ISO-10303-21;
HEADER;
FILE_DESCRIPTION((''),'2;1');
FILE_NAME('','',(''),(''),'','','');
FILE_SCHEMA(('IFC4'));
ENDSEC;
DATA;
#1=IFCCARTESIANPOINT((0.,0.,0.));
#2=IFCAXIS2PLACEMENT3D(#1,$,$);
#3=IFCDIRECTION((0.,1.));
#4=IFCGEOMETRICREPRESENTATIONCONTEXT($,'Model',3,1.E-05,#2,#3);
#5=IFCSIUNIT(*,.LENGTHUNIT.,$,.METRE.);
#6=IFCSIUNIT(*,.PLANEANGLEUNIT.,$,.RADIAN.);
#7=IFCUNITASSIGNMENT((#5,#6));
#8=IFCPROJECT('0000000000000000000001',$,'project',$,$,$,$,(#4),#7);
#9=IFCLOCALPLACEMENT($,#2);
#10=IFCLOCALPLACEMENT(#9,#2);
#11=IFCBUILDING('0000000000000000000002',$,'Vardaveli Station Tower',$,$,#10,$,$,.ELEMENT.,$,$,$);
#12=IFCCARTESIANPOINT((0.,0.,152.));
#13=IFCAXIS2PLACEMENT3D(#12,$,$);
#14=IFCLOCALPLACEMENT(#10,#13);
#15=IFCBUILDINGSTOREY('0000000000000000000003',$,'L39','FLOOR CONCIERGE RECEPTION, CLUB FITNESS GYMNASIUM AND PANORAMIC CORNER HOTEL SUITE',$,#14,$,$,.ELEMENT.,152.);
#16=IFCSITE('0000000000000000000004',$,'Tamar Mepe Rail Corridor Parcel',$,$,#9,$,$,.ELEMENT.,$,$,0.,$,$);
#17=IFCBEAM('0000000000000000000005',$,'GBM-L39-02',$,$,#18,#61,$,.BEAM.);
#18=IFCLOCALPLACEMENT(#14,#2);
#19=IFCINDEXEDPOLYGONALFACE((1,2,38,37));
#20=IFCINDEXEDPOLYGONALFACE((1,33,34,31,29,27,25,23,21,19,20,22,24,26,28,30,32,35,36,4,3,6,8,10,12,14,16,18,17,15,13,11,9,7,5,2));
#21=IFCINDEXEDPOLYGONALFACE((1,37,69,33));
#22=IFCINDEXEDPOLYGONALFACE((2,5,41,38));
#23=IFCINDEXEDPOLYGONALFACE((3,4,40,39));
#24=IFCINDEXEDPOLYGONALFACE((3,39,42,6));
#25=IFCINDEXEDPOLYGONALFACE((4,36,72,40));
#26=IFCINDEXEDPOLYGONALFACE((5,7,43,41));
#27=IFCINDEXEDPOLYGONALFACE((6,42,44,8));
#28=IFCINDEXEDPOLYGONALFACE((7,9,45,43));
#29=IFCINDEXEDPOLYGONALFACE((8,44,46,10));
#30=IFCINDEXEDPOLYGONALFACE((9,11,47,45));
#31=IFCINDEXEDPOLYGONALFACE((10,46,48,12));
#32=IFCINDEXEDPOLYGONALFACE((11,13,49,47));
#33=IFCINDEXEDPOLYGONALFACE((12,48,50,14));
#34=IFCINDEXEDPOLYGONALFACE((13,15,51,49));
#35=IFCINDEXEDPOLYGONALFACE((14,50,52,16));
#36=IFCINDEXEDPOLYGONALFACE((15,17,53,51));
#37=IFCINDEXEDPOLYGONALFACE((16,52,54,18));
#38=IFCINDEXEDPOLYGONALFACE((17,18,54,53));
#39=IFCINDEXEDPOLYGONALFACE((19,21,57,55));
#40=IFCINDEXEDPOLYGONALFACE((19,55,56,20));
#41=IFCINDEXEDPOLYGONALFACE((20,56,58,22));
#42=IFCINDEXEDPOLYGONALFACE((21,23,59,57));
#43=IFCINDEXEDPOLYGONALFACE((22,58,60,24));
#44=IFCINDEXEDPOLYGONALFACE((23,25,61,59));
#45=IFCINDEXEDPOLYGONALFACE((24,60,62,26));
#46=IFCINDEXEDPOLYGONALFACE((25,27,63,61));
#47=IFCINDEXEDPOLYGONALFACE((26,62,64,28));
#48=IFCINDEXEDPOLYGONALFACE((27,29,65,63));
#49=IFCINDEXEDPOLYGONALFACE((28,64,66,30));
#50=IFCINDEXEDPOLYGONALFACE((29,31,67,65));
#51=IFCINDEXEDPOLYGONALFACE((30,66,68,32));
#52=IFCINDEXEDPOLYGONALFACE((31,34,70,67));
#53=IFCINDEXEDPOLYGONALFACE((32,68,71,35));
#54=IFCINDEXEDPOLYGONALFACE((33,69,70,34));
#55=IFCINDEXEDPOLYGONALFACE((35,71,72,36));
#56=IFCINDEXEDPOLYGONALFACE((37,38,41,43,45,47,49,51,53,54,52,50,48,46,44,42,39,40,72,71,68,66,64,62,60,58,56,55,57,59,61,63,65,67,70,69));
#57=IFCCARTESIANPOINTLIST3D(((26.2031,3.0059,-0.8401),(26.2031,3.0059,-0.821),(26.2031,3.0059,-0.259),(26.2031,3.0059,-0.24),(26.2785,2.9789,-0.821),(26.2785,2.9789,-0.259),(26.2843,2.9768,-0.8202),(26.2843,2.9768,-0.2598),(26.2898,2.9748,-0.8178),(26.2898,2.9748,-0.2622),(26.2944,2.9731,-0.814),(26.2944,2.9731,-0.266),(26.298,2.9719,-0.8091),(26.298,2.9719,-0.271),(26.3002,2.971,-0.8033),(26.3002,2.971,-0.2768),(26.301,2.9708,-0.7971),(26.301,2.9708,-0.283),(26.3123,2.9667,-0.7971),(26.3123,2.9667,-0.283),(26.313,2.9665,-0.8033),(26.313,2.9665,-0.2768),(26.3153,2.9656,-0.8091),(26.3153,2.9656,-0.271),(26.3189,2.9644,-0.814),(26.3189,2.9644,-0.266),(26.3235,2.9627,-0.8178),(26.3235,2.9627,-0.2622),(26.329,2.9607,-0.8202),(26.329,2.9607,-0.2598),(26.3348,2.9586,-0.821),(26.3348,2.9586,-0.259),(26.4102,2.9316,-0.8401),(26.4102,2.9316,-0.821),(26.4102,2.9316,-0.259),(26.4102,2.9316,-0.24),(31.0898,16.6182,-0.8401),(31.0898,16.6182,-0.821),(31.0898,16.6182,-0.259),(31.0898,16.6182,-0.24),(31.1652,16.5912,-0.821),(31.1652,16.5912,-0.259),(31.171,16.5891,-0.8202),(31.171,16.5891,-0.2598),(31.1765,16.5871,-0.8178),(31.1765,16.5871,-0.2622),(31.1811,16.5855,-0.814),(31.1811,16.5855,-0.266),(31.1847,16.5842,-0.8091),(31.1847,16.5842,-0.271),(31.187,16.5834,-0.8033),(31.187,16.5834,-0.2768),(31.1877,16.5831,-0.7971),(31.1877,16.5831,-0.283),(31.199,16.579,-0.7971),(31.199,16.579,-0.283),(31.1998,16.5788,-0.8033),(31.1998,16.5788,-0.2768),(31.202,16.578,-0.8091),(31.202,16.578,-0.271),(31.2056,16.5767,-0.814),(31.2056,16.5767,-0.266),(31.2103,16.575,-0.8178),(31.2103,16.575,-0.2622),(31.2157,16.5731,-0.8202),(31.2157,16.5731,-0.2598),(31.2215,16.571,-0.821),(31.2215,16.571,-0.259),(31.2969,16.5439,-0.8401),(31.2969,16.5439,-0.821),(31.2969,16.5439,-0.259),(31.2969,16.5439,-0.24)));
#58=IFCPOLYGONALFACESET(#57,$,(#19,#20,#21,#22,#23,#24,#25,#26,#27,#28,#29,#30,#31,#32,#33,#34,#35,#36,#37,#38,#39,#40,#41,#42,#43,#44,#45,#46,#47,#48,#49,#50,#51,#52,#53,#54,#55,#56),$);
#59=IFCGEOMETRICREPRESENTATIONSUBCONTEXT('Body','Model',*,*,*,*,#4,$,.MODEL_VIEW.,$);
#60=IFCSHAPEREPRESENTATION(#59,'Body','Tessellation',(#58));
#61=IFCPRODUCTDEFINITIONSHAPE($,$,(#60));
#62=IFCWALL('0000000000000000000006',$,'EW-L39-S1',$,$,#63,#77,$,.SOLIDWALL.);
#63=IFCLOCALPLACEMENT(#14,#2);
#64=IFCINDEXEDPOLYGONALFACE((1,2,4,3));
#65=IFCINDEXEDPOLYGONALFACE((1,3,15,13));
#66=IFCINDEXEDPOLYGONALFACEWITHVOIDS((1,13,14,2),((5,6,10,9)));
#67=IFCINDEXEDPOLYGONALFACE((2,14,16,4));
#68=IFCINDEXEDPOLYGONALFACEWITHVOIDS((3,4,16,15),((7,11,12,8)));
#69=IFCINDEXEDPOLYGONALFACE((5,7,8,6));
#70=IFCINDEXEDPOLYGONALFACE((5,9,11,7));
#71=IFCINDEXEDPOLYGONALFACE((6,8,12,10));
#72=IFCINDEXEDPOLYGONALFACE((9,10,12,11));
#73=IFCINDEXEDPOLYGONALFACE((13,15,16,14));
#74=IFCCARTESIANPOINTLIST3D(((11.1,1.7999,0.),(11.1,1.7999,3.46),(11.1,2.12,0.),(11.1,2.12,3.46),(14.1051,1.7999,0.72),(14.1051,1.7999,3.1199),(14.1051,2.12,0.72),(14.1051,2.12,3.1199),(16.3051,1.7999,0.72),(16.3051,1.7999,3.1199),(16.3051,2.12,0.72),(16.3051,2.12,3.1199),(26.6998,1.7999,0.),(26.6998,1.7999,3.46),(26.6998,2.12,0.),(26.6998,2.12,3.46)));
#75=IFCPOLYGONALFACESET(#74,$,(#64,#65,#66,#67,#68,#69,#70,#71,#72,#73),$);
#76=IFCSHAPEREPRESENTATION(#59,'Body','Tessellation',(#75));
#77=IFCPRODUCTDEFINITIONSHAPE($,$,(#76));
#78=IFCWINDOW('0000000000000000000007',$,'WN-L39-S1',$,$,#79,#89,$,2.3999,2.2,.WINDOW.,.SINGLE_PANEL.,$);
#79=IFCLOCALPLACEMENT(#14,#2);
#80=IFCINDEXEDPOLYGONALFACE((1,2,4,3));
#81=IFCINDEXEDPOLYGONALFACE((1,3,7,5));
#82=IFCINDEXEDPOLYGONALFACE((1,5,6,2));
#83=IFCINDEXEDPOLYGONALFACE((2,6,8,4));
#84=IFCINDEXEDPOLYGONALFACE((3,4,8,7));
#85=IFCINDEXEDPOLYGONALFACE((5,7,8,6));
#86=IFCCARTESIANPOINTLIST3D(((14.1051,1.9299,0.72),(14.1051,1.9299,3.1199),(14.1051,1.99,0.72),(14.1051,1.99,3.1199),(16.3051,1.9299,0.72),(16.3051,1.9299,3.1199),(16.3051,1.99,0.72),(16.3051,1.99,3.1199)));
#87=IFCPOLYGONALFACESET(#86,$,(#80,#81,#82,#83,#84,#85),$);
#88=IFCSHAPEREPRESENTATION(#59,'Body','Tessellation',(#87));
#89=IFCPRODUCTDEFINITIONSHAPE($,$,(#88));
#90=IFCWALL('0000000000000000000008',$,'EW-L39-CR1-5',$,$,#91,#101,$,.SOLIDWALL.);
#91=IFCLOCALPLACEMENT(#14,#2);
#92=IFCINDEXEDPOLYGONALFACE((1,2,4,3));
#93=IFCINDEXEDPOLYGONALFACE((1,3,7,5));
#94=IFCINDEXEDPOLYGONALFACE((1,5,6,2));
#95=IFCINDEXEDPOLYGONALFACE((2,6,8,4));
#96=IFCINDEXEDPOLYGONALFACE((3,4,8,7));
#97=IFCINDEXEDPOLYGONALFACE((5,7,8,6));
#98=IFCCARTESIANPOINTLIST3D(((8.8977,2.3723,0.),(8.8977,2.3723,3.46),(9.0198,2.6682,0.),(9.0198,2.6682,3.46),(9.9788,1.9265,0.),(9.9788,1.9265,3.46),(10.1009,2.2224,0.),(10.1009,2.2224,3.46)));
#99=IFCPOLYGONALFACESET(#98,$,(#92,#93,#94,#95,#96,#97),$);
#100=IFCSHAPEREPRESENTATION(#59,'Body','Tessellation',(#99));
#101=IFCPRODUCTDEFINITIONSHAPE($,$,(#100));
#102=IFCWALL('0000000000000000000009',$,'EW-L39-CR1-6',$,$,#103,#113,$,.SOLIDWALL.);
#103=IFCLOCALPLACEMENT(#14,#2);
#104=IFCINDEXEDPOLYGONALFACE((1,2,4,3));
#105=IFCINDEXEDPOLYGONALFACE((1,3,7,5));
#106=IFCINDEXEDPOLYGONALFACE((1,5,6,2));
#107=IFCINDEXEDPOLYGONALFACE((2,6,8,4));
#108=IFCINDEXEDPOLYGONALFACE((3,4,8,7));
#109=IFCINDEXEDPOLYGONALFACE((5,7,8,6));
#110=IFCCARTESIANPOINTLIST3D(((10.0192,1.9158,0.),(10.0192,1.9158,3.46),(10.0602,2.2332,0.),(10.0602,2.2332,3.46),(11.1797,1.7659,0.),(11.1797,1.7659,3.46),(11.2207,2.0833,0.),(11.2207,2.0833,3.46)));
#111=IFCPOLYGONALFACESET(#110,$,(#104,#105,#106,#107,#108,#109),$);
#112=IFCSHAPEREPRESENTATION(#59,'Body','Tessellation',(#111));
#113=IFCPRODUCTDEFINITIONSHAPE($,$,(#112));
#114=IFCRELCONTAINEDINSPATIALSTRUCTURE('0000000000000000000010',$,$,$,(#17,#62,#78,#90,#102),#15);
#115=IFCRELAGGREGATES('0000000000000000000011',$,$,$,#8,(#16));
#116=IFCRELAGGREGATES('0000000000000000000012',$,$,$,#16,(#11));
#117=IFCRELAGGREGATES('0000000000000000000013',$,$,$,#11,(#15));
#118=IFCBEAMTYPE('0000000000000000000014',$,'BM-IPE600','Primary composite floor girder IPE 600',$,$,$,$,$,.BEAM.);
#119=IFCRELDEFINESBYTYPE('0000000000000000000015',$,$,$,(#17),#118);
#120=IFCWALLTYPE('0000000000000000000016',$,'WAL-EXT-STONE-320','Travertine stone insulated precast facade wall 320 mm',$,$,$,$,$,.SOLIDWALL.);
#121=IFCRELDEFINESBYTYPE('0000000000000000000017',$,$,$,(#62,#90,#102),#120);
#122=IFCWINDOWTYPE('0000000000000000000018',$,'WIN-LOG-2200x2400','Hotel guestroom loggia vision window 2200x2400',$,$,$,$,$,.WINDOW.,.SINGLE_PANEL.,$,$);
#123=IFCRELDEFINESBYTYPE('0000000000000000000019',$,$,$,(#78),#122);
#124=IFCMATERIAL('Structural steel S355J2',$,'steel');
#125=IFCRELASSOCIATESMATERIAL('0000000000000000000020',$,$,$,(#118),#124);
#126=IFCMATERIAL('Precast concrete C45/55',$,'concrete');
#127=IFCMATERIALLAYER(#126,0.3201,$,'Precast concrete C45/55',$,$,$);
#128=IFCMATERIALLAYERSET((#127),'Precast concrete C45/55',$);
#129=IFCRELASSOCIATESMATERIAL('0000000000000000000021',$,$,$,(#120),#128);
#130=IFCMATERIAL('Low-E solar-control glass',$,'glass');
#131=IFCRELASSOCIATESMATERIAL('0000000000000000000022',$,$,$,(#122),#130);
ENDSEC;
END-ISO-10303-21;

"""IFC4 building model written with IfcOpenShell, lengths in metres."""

from ifc_helpers import new_model, si_unit, direction, frame, frame_2d, origin, origin_2d, place, context, subcontext, project, spatial, rectangle, i_section, extrude, source, transform, mapped, material, layer, layer_set, material_profile, profile_set, type_object, element, fill, save


model = new_model("IFC4")

# Units and contexts
model_context = context("Model", 3, precision=1e-05, world=origin(), true_north=direction((0.0, 1.0)))
body_context = subcontext(model_context, "Body", "Model", "MODEL_VIEW")
ifc_project = project(units=[si_unit("LENGTHUNIT", "METRE"), si_unit("PLANEANGLEUNIT", "RADIAN")], contexts=[model_context])

# Site, building, storey
site_placement = place(None, origin())
site = spatial("IfcSite", under=ifc_project, at=site_placement, Name="Tamar Mepe Rail Corridor Parcel", CompositionType="ELEMENT", RefElevation=0.0)
building_placement = place(site_placement, origin())
building = spatial("IfcBuilding", under=site, at=building_placement, Name="Vardaveli Station Tower", CompositionType="ELEMENT")
storey_placement = place(building_placement, frame((0.0, 0.0, 152.0)))
storey = spatial("IfcBuildingStorey", under=building, at=storey_placement, Name="L39", Description="FLOOR CONCIERGE RECEPTION, CLUB FITNESS GYMNASIUM AND PANORAMIC CORNER HOTEL SUITE", CompositionType="ELEMENT", Elevation=152.0)

# Beam
ifc_material_1 = material(Name="Precast concrete C45/55", Category="concrete")
ifc_material_2 = material(Name="Structural steel S355J2", Category="steel")
ifc_material_profile_1 = material_profile(ifc_material_2, i_section(OverallWidth=0.22, OverallDepth=0.6001, WebThickness=0.012, FlangeThickness=0.019, FilletRadius=0.0239, at=origin_2d()), Name="IPE 600")
ifc_profile_set_1 = profile_set([ifc_material_profile_1], Name="Structural steel S355J2")
beam_type_1 = type_object("IfcBeamType", Name="BM-IPE600", Description="Primary composite floor girder IPE 600", PredefinedType="BEAM", material=ifc_profile_set_1)
shared_shape_1 = source(origin(), body_context, "Body", "SweptSolid", [
    extrude(i_section(OverallWidth=0.22, OverallDepth=0.6001, WebThickness=0.012, FlangeThickness=0.019, FilletRadius=0.0239, at=origin_2d()), origin(), (0.0, 0.0, 1.0), 14.4629),
])
beam_1_placement = place(storey_placement, frame((26.3066, 2.9688, -0.54), z_axis=(0.33788, 0.941189, 0.0), x_axis=(-0.941189, 0.33788, 0.0)))
element("IfcBeam", 1, at=beam_1_placement, inside=storey, type_object=beam_type_1, Name="GBM-L39-02", PredefinedType="BEAM", context=body_context, shape_type="MappedRepresentation", body=[
    mapped(shared_shape_1, transform((0.0, 0.0, 0.0), scale=1.0)),
])

# Wall, opening, window
ifc_layer_1 = layer(ifc_material_1, 0.3201, Name="Precast concrete C45/55")
ifc_layer_set_1 = layer_set([ifc_layer_1], Name="Precast concrete C45/55")
wall_type_1 = type_object("IfcWallType", Name="WAL-EXT-STONE-320", Description="Travertine stone insulated precast facade wall 320 mm", PredefinedType="SOLIDWALL", material=ifc_layer_set_1)
shared_shape_2 = source(origin(), body_context, "Body", "SweptSolid", [
    extrude(rectangle(XDim=15.5999, YDim=0.3201, at=frame_2d((7.7998, 0.0))), origin(), (0.0, 0.0, 1.0), 3.46),
])
wall_1_placement = place(storey_placement, frame((11.1001, 1.96, 0.0), z_axis=(0.0, 0.0, 1.0), x_axis=(1.0, 0.0, 0.0)))
wall_1 = element("IfcWall", 2, at=wall_1_placement, inside=storey, type_object=wall_type_1, Name="EW-L39-S1", PredefinedType="SOLIDWALL", context=body_context, shape_type="MappedRepresentation", body=[
    mapped(shared_shape_2, transform((0.0, 0.0, 0.0), scale=1.0)),
])
shared_shape_3 = source(origin(), body_context, "Body", "SweptSolid", [
    extrude(rectangle(XDim=2.2, YDim=2.3999, at=frame_2d((1.1001, 1.2))), frame((0.0, 0.1699, 0.0), z_axis=(0.0, -1.0, 0.0), x_axis=(1.0, 0.0, 0.0)), (0.0, 0.0, 1.0), 0.3401),
])
opening_1_placement = place(wall_1_placement, frame((3.0049, 0.0, 0.72)))
opening_1 = element("IfcOpeningElement", 3, at=opening_1_placement, cuts=wall_1, PredefinedType="OPENING", context=body_context, shape_type="MappedRepresentation", body=[
    mapped(shared_shape_3, transform((0.0, 0.0, 0.0), scale=1.0)),
])
ifc_material_3 = material(Name="Low-E solar-control glass", Category="glass")
window_type = type_object("IfcWindowType", Name="WIN-LOG-2200x2400", Description="Hotel guestroom loggia vision window 2200x2400", PartitioningType="SINGLE_PANEL", PredefinedType="WINDOW", material=ifc_material_3)
shared_shape_4 = source(origin(), body_context, "Body", "SweptSolid", [
    extrude(rectangle(XDim=2.2, YDim=2.3999, at=frame_2d((1.1001, 1.2))), frame((0.0, 0.03, 0.0), z_axis=(0.0, -1.0, 0.0), x_axis=(1.0, 0.0, 0.0)), (0.0, 0.0, 1.0), 0.0601),
])
window_placement = place(opening_1_placement, origin())
window = element("IfcWindow", 4, at=window_placement, inside=storey, type_object=window_type, Name="WN-L39-S1", OverallHeight=2.3999, OverallWidth=2.2, PartitioningType="SINGLE_PANEL", PredefinedType="WINDOW", context=body_context, shape_type="MappedRepresentation", body=[
    mapped(shared_shape_4, transform((0.0, 0.0, 0.0), scale=1.0)),
])
fill(opening_1, window)

# Walls
shared_shape_5 = source(origin(), body_context, "Body", "SweptSolid", [
    extrude(rectangle(XDim=1.1694, YDim=0.3201, at=frame_2d((0.5847, 0.0))), origin(), (0.0, 0.0, 1.0), 3.46),
])
wall_2_placement = place(storey_placement, frame((8.9587, 2.5203, 0.0), z_axis=(0.0, 0.0, 1.0), x_axis=(0.924479, -0.381233, 0.0)))
element("IfcWall", 5, at=wall_2_placement, inside=storey, type_object=wall_type_1, Name="EW-L39-CR1-5", PredefinedType="SOLIDWALL", context=body_context, shape_type="MappedRepresentation", body=[
    mapped(shared_shape_5, transform((0.0, 0.0, 0.0), scale=1.0)),
])
shared_shape_6 = source(origin(), body_context, "Body", "SweptSolid", [
    extrude(rectangle(XDim=1.1702, YDim=0.3201, at=frame_2d((0.585, 0.0))), origin(), (0.0, 0.0, 1.0), 3.46),
])
wall_3_placement = place(storey_placement, frame((10.0398, 2.0745, 0.0), z_axis=(0.0, 0.0, 1.0), x_axis=(0.991762, -0.12809, 0.0)))
element("IfcWall", 6, at=wall_3_placement, inside=storey, type_object=wall_type_1, Name="EW-L39-CR1-6", PredefinedType="SOLIDWALL", context=body_context, shape_type="MappedRepresentation", body=[
    mapped(shared_shape_6, transform((0.0, 0.0, 0.0), scale=1.0)),
])

save(model, "model.ifc")
